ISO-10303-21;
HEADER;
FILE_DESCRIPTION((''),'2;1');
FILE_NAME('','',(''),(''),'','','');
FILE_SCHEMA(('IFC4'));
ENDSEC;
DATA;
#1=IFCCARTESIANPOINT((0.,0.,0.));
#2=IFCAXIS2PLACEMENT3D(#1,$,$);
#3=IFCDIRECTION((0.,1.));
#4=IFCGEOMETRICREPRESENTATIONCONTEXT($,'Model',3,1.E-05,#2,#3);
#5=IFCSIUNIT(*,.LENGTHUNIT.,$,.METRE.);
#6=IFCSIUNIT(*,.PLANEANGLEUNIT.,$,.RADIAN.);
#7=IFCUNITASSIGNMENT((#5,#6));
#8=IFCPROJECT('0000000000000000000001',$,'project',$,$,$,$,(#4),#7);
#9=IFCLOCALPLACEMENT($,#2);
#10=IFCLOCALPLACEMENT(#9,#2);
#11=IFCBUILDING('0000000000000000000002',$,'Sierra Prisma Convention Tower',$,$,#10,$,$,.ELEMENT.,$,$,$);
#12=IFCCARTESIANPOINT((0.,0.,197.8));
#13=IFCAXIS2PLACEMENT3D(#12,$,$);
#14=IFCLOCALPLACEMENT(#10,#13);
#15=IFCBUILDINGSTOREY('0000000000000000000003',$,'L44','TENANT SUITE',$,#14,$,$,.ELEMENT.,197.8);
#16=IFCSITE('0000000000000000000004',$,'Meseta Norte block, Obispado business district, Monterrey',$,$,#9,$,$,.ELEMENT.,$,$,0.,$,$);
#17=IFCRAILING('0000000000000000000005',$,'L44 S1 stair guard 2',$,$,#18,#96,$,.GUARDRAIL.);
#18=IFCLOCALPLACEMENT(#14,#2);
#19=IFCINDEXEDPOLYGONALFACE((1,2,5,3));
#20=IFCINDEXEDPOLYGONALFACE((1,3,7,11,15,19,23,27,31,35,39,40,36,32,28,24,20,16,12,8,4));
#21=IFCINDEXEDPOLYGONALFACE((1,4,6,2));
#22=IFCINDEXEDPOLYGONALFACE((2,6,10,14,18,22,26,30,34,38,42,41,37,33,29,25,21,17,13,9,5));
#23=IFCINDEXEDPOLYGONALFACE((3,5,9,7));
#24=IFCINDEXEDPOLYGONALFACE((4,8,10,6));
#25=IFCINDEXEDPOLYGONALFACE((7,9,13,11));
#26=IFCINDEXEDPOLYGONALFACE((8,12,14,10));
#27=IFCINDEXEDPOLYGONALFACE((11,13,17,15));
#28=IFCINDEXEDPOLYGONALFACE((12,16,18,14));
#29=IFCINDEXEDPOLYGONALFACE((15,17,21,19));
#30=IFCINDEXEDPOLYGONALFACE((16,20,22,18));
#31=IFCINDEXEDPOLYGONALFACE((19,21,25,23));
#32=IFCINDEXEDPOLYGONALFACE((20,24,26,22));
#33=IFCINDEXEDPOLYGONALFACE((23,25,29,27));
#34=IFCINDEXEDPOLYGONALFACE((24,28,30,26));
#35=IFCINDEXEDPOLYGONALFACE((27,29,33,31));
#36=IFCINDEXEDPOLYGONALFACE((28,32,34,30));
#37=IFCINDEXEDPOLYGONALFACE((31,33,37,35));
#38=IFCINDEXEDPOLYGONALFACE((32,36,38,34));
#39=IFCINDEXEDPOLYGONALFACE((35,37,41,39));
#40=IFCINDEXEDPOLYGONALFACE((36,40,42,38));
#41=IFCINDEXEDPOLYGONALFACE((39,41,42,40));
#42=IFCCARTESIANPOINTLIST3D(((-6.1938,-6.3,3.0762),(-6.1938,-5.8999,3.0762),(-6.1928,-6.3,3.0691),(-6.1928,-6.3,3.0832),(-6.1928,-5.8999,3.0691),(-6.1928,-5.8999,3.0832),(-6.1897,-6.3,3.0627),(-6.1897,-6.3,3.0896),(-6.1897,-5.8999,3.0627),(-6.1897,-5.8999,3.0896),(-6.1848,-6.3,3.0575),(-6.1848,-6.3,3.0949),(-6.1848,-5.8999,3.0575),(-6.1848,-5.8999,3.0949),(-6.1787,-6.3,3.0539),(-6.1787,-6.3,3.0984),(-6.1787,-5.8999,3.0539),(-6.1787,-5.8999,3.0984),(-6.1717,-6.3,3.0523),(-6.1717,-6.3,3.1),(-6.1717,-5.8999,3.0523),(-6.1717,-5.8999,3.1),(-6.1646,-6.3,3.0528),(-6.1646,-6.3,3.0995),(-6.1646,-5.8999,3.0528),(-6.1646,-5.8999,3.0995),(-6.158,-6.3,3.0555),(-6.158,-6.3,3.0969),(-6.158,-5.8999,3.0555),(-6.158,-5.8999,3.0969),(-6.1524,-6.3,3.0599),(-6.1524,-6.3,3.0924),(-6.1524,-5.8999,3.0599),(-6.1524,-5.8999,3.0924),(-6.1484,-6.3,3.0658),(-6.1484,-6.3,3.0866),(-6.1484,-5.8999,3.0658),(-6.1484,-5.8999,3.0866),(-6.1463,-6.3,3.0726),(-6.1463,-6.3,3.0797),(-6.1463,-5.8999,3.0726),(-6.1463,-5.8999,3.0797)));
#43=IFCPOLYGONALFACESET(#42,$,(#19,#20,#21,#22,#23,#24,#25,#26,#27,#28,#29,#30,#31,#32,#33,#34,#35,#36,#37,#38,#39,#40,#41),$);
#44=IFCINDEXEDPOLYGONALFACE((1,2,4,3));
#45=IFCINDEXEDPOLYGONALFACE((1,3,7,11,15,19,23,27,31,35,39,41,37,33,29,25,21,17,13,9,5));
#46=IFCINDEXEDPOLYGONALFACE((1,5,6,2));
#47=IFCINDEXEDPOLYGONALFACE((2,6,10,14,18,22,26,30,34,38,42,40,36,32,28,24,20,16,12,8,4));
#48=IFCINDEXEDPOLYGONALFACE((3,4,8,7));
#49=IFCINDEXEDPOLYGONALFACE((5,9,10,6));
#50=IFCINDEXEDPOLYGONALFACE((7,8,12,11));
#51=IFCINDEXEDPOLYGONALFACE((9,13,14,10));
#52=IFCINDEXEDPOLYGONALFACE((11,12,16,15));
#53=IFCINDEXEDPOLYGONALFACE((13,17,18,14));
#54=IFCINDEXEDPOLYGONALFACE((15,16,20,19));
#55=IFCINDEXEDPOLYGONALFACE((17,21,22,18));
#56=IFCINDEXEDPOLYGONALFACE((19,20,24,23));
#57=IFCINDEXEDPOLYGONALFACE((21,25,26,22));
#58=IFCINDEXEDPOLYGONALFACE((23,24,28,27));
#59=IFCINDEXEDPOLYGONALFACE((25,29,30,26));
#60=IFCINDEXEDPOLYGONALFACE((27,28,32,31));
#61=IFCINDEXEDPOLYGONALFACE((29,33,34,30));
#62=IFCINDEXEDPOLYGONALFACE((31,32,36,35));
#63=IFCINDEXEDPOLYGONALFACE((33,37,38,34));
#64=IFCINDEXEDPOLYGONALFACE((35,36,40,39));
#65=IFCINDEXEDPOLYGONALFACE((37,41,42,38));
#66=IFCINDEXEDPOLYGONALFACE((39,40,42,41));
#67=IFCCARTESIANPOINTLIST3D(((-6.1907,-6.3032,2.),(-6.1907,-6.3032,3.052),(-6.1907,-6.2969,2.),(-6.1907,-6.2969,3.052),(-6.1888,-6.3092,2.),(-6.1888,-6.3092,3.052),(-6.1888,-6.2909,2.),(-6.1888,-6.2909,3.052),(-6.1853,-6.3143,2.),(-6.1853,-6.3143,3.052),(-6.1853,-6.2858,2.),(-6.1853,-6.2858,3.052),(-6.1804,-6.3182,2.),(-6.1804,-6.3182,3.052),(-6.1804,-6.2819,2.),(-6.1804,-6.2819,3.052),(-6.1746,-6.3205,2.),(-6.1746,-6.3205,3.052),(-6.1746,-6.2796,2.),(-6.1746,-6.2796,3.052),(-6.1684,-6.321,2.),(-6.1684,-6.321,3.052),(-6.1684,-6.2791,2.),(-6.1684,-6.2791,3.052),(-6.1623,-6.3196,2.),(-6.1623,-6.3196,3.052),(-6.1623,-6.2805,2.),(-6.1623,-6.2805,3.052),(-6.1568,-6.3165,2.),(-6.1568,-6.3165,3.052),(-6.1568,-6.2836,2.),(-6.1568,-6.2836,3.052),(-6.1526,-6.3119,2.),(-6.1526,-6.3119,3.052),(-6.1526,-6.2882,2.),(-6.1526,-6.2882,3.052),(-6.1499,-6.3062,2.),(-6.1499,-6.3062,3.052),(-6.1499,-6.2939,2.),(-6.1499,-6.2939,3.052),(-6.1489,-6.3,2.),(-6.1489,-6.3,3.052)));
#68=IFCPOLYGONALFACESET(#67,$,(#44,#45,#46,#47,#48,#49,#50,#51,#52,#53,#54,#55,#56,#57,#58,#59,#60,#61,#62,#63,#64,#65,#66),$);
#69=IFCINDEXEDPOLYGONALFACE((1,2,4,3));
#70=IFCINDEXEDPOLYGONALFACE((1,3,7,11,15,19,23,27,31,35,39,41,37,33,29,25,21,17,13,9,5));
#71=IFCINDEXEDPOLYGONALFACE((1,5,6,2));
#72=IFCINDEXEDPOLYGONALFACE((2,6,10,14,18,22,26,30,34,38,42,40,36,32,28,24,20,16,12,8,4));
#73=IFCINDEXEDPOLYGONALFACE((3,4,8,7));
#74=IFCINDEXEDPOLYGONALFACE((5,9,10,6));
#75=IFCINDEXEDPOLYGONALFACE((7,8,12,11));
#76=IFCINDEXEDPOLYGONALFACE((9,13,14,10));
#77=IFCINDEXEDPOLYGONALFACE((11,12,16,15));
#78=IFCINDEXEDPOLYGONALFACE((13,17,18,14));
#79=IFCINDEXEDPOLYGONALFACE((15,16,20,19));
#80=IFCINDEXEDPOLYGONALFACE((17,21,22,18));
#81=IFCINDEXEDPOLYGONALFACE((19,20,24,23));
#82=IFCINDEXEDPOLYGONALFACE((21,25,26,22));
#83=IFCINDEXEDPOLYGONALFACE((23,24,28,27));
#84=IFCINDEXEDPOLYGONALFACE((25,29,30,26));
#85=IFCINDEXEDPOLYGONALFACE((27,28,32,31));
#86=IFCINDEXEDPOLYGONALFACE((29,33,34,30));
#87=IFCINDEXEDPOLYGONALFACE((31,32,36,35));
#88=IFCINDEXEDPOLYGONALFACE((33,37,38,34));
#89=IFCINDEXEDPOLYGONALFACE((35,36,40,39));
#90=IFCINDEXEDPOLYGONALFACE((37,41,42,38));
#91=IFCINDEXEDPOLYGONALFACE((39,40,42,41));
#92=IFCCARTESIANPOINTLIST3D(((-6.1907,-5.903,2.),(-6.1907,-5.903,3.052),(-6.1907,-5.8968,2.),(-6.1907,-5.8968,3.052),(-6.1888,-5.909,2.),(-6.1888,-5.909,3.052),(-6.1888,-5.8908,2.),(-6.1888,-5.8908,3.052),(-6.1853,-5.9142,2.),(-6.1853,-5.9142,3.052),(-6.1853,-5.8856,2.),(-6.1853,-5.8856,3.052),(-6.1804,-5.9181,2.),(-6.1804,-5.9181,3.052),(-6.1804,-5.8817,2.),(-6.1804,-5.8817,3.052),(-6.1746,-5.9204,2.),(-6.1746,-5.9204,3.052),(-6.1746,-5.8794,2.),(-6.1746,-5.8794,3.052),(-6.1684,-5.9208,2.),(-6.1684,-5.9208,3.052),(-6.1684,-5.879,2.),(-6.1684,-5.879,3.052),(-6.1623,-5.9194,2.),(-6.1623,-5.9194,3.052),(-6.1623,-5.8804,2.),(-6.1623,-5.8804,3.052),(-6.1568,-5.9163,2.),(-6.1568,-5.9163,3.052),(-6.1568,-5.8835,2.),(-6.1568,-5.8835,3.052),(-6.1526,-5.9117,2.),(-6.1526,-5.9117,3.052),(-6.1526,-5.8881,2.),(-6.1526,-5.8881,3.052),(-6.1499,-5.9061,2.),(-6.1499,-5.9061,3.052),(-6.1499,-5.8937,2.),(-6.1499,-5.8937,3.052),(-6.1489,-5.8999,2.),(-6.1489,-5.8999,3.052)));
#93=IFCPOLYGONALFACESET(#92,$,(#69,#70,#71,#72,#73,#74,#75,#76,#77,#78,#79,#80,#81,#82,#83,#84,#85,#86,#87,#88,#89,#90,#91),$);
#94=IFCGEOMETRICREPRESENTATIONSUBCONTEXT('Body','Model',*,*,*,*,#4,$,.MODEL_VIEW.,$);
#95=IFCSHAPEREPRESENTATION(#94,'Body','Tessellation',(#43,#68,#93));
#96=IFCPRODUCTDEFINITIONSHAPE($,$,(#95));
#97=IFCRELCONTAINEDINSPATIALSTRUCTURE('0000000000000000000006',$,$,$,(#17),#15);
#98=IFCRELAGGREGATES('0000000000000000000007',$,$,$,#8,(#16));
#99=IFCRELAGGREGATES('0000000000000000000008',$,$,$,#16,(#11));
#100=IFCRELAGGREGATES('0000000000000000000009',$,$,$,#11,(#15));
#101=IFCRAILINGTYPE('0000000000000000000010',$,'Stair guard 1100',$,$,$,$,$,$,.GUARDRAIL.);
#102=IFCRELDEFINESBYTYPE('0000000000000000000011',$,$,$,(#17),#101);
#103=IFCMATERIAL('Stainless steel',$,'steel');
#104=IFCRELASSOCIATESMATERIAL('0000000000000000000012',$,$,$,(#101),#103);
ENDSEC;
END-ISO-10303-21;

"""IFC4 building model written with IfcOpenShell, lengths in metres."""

from ifc_helpers import new_model, si_unit, direction, frame, origin, origin_2d, place, context, subcontext, project, spatial, circle, extrude, material, type_object, element, save


model = new_model("IFC4")

# Units and contexts
model_context = context("Model", 3, precision=1e-05, world=origin(), true_north=direction((0.0, 1.0)))
body_context = subcontext(model_context, "Body", "Model", "MODEL_VIEW")
ifc_project = project(units=[si_unit("LENGTHUNIT", "METRE"), si_unit("PLANEANGLEUNIT", "RADIAN")], contexts=[model_context])

# Site, building, storey
site_placement = place(None, origin())
site = spatial("IfcSite", under=ifc_project, at=site_placement, Name="Meseta Norte block, Obispado business district, Monterrey", CompositionType="ELEMENT", RefElevation=0.0)
building_placement = place(site_placement, origin())
building = spatial("IfcBuilding", under=site, at=building_placement, Name="Sierra Prisma Convention Tower", CompositionType="ELEMENT")
storey_placement = place(building_placement, frame((0.0, 0.0, 197.8)))
storey = spatial("IfcBuildingStorey", under=building, at=storey_placement, Name="L44", Description="TENANT SUITE", CompositionType="ELEMENT", Elevation=197.8)

# Railing
ifc_material_1 = material(Name="Stainless steel", Category="steel")
railing_type_1 = type_object("IfcRailingType", Name="Stair guard 1100", PredefinedType="GUARDRAIL", material=ifc_material_1)
railing_1_placement = place(storey_placement, frame((-6.1699, -6.3, 2.0)))
element("IfcRailing", 1, at=railing_1_placement, inside=storey, type_object=railing_type_1, Name="L44 S1 stair guard 2", PredefinedType="GUARDRAIL", context=body_context, shape_type="SweptSolid", body=[
    extrude(circle(Radius=0.0239, at=origin_2d()), frame((0.0, 0.0, 1.0762), z_axis=(0.0, 1.0, 0.0), x_axis=(-1.0, 0.0, 0.0)), (0.0, 0.0, 1.0), 0.4001),
    extrude(circle(Radius=0.021, at=origin_2d()), origin(), (0.0, 0.0, 1.0), 1.052),
    extrude(circle(Radius=0.021, at=origin_2d()), frame((0.0, 0.4001, 0.0)), (0.0, 0.0, 1.0), 1.052),
])

save(model, "model.ifc")
